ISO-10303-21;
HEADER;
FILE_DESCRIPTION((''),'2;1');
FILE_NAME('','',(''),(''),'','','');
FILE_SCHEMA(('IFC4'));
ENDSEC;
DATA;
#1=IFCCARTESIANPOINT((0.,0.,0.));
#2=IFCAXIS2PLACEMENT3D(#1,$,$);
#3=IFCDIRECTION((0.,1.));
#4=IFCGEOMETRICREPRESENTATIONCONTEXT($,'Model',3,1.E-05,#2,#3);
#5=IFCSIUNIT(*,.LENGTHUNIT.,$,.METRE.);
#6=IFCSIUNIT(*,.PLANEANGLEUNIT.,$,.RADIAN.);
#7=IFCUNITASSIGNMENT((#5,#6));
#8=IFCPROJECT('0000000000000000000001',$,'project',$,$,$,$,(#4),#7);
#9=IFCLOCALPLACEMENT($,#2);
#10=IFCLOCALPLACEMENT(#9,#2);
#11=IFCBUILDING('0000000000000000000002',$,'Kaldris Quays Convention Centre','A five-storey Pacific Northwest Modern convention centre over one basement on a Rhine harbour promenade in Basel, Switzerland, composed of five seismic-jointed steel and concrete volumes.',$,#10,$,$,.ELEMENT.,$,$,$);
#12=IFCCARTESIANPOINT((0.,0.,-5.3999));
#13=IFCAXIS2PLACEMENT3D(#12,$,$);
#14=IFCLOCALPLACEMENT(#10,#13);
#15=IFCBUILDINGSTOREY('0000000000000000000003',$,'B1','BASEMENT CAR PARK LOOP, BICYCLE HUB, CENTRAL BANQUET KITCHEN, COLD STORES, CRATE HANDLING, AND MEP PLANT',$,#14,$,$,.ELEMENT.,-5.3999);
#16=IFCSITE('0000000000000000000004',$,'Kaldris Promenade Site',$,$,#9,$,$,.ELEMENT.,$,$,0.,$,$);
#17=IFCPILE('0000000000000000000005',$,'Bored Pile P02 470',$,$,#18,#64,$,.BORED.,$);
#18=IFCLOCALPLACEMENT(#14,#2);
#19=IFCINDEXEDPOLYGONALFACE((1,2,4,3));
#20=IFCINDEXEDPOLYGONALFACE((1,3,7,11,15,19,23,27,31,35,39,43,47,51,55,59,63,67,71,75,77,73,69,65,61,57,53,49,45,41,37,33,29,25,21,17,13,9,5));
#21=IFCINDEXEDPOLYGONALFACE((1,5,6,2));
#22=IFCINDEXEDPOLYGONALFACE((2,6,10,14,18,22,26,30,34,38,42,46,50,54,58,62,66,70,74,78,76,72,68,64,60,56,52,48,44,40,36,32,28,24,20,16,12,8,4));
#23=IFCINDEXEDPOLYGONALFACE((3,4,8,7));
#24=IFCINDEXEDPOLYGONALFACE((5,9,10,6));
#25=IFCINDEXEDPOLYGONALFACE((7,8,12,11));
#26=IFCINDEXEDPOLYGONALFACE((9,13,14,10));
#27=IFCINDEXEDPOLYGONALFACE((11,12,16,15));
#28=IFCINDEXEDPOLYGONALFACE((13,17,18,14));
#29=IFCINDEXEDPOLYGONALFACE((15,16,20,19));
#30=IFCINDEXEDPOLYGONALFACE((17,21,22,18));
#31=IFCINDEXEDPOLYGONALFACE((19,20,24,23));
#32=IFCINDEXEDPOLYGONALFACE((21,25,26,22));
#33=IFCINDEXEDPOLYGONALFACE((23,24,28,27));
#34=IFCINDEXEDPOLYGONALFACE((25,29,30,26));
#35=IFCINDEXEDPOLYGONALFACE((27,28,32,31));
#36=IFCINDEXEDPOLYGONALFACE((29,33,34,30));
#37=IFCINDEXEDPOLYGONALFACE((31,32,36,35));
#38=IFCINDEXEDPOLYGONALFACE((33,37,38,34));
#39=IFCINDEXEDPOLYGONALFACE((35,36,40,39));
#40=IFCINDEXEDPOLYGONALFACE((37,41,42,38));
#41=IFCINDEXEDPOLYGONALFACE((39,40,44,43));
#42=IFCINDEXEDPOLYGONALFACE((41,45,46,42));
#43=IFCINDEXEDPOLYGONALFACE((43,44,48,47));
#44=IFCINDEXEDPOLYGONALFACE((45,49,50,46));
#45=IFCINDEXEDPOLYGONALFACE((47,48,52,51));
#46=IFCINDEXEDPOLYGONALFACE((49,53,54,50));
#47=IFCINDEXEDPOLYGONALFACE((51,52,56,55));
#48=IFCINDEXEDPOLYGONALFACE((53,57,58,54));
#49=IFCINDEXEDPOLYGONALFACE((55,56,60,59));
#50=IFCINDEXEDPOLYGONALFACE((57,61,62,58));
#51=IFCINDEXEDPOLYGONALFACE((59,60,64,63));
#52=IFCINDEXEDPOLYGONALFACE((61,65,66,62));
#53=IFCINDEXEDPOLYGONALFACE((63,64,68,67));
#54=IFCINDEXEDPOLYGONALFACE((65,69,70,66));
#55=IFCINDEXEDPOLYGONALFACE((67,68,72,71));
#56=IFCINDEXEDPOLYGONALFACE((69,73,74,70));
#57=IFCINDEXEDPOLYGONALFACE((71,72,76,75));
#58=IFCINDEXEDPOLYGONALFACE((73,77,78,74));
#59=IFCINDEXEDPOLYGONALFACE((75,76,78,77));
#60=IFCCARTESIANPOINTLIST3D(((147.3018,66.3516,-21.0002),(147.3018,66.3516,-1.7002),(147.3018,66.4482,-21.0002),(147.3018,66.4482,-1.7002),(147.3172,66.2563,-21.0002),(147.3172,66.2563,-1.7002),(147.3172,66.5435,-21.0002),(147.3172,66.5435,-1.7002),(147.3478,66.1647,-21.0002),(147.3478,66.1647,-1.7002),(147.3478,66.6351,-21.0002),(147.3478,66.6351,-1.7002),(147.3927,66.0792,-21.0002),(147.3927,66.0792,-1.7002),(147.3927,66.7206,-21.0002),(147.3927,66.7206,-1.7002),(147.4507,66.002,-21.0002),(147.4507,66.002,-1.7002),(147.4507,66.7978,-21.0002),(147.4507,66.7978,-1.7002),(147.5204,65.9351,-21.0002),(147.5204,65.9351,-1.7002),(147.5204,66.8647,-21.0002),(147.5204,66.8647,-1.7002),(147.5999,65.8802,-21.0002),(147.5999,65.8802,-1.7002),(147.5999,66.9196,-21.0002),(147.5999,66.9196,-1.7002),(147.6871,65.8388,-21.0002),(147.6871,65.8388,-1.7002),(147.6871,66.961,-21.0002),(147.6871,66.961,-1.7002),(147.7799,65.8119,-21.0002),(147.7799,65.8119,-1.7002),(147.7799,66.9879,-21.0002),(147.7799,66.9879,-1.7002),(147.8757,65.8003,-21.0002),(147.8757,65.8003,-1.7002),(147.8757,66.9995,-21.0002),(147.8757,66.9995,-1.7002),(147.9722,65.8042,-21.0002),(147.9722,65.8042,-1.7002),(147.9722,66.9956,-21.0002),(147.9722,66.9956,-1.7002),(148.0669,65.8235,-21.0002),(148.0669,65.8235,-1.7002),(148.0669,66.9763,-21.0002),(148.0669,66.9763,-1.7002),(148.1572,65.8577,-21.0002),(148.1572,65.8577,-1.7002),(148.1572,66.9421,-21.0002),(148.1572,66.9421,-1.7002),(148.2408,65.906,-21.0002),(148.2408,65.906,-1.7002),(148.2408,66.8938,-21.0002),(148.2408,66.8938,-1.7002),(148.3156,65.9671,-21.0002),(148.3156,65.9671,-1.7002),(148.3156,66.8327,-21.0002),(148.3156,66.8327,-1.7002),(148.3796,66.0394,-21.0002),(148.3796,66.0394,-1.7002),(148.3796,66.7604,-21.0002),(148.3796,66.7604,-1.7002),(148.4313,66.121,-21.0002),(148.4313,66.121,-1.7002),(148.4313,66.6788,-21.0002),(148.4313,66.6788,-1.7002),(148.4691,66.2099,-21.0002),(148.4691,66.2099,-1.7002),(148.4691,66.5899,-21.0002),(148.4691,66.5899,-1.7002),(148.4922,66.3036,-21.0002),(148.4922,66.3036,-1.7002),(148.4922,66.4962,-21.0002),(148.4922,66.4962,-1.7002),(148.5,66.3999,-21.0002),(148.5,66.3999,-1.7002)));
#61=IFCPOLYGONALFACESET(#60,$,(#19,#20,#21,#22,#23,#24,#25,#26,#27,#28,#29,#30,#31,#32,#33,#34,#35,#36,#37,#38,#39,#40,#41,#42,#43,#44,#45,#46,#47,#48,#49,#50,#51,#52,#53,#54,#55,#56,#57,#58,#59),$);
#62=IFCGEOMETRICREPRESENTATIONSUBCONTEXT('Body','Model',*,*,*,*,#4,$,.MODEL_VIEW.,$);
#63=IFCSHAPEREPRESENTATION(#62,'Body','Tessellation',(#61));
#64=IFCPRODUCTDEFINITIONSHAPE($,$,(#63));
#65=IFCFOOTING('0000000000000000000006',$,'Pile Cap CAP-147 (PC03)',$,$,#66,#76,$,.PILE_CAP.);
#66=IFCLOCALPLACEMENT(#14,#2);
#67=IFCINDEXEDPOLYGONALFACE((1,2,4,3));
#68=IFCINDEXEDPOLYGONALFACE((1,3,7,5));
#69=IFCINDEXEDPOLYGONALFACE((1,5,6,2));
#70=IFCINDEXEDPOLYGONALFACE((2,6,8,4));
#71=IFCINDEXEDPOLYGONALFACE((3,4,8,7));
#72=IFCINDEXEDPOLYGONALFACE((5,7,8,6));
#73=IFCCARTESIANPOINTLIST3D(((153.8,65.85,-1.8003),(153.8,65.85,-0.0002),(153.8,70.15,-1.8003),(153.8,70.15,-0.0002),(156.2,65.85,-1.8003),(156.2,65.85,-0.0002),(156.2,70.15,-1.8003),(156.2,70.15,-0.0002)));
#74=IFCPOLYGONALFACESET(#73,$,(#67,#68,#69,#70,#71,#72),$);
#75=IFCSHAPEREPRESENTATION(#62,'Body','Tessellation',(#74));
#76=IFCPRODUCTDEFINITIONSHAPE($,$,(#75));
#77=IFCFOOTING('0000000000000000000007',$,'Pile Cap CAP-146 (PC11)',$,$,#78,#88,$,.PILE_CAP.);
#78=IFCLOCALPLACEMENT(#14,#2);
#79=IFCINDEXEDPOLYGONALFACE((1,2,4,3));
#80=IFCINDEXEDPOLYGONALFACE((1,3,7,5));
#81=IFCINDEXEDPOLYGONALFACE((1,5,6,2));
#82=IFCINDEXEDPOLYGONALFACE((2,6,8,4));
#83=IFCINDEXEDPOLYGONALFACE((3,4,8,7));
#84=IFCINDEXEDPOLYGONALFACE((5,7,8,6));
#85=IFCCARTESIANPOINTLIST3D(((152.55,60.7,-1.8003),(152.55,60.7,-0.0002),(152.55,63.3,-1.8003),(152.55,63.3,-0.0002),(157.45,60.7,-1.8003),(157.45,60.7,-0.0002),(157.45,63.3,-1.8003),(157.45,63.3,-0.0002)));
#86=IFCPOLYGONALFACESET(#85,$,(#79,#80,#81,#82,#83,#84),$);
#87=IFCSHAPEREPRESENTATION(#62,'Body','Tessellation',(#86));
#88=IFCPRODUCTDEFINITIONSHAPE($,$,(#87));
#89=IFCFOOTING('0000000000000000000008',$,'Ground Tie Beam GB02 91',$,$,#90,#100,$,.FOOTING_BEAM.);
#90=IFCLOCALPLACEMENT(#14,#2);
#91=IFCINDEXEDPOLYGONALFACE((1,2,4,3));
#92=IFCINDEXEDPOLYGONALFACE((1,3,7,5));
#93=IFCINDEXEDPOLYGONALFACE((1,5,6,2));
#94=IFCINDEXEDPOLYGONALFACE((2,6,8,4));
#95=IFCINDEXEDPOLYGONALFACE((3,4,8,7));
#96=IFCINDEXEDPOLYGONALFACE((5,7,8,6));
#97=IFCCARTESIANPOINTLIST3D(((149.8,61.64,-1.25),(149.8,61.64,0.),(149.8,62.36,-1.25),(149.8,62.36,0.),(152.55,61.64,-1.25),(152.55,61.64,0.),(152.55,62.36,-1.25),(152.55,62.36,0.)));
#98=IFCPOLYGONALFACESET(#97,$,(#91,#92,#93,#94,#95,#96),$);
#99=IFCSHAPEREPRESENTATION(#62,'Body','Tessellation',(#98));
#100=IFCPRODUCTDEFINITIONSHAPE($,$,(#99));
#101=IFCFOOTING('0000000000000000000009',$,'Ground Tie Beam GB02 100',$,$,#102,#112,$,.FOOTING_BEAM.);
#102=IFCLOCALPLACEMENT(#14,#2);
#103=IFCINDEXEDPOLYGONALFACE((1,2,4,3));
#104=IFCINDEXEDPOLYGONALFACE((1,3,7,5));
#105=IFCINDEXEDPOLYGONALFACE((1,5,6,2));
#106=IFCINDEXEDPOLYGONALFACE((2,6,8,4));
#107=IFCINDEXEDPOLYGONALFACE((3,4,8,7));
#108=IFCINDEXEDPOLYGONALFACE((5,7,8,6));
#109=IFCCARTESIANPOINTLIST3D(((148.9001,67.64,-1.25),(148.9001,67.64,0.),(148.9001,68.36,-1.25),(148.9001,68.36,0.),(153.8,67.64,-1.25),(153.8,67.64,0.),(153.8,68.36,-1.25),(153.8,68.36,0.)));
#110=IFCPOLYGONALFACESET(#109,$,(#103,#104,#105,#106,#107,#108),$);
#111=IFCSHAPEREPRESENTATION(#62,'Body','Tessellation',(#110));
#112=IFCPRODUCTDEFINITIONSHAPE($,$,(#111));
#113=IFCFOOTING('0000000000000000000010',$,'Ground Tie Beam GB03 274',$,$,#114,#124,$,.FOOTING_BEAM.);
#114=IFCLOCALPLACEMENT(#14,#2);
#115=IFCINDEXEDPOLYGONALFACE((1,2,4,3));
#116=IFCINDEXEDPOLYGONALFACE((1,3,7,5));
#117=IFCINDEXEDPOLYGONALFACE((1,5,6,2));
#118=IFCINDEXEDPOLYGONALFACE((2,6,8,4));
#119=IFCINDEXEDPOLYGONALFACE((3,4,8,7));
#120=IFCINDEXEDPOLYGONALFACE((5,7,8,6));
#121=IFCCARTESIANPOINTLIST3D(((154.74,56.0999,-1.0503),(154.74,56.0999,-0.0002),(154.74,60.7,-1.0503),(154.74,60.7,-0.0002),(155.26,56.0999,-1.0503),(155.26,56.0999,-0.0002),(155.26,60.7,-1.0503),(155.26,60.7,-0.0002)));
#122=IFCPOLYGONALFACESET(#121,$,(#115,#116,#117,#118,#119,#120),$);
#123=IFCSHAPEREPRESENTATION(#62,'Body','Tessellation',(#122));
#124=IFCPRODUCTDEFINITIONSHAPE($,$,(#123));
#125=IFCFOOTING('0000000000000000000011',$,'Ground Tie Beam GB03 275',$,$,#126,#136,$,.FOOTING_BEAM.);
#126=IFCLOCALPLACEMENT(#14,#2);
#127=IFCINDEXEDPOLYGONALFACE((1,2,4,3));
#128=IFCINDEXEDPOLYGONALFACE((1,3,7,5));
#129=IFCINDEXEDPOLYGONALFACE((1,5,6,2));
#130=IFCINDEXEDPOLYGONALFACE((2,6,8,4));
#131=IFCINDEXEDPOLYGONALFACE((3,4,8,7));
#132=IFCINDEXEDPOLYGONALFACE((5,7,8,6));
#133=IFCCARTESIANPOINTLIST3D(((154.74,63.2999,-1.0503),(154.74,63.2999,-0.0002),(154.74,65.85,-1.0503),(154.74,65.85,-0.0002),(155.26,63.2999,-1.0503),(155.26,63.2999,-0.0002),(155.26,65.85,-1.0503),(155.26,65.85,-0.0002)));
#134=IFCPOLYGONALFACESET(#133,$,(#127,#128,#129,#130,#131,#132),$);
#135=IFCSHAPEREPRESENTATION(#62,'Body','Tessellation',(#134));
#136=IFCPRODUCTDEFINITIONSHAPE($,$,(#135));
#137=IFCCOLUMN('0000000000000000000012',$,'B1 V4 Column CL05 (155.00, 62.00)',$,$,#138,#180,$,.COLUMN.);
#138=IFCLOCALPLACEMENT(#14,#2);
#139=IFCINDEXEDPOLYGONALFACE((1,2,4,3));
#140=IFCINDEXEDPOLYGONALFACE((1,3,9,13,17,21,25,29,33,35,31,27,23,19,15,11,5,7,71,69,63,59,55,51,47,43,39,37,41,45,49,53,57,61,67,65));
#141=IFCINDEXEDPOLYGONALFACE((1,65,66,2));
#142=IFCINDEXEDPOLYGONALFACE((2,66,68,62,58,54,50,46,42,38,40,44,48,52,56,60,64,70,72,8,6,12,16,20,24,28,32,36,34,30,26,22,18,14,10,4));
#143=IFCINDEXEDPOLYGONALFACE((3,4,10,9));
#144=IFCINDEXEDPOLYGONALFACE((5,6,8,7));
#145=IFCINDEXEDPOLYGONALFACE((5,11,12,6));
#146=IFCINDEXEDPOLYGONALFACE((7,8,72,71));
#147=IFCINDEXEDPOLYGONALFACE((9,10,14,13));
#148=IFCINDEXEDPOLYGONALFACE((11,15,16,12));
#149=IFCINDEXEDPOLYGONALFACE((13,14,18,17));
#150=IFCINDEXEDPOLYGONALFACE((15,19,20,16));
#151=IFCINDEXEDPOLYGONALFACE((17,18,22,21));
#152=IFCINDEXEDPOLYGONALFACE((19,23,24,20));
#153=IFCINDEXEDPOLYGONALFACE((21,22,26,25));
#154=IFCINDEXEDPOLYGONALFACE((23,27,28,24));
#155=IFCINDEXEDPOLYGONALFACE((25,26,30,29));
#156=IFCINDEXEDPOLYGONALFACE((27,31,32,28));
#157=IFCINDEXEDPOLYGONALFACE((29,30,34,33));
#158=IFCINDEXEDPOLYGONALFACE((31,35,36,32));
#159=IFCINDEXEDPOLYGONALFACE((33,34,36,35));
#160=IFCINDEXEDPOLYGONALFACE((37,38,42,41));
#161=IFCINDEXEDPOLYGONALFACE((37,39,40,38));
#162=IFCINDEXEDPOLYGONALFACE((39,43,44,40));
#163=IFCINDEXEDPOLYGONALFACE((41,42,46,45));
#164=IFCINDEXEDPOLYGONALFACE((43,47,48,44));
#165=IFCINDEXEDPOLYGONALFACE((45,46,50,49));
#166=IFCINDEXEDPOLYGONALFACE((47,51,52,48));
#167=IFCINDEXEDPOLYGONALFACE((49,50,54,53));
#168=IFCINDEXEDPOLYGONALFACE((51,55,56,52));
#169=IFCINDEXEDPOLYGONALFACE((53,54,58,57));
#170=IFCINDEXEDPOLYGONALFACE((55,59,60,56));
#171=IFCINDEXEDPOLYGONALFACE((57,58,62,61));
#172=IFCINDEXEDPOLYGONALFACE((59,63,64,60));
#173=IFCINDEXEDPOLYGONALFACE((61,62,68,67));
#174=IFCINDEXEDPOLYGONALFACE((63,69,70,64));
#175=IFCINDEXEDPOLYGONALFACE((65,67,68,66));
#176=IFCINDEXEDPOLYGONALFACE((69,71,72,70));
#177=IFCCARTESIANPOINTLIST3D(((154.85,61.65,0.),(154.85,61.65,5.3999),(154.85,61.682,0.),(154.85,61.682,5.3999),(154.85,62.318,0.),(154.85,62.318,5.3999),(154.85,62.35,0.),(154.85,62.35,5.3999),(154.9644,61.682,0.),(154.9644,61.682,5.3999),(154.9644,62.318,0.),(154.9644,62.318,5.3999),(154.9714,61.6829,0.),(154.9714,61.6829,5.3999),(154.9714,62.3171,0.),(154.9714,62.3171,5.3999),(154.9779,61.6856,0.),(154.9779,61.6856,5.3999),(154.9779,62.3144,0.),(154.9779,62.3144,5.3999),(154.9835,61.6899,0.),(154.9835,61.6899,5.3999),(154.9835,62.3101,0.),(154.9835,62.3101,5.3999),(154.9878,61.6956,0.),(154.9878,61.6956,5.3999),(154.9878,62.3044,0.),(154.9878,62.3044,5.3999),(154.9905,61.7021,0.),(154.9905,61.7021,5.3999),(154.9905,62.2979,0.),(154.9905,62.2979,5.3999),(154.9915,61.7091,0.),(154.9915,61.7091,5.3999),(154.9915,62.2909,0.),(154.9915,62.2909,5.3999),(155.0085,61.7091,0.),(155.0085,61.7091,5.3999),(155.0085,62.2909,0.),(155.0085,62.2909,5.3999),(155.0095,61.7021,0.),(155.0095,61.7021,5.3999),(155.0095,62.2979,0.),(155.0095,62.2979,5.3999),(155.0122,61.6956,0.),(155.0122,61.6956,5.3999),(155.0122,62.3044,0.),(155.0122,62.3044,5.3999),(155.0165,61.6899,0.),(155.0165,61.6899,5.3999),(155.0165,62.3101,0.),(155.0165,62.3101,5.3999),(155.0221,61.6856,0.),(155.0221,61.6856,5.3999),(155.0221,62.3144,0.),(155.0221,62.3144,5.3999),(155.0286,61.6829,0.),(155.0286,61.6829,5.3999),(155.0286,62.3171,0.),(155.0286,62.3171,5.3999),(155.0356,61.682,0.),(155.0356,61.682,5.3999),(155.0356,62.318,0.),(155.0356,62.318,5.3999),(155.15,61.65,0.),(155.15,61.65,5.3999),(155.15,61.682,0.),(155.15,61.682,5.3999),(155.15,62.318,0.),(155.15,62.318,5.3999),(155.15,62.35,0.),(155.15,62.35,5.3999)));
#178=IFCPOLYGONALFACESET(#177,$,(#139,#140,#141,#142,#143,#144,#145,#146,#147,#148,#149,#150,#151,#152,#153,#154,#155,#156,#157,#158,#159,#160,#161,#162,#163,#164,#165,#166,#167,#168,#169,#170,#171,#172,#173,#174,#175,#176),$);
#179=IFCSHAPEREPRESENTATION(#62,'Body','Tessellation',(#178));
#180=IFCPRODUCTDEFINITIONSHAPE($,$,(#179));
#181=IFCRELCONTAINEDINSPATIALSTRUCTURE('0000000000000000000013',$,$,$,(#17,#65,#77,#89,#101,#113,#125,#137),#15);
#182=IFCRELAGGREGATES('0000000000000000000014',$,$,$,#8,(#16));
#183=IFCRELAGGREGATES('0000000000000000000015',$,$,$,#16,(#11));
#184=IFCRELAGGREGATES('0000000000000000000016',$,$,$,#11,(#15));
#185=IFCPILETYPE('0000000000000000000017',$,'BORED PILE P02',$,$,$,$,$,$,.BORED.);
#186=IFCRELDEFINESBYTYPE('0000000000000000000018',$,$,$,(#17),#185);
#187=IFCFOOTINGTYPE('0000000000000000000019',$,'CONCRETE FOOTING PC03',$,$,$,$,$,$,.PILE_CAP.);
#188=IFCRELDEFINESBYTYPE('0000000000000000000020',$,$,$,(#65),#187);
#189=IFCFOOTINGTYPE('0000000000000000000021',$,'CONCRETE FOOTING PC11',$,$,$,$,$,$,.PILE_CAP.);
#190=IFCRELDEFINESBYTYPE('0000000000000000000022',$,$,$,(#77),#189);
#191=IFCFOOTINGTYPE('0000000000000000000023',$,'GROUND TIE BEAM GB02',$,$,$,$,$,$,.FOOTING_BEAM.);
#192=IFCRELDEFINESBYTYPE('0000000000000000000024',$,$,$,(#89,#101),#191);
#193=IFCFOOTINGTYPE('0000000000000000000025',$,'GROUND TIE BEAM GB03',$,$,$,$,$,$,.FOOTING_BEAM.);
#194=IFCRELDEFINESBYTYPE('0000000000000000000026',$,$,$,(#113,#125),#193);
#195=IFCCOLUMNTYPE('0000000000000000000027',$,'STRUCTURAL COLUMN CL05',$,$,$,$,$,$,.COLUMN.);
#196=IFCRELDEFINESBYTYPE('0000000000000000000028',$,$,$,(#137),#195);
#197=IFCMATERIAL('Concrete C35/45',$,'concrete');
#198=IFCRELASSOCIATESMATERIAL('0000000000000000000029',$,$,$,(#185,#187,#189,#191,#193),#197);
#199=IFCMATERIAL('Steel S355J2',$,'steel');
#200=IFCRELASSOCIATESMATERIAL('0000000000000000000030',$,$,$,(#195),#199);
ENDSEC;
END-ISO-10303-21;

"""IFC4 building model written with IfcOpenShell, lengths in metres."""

from ifc_helpers import new_model, si_unit, direction, frame, origin, origin_2d, place, context, subcontext, project, spatial, rectangle, circle, i_section, extrude, material, material_profile, profile_set, type_object, element, save


model = new_model("IFC4")

# Units and contexts
model_context = context("Model", 3, precision=1e-05, world=origin(), true_north=direction((0.0, 1.0)))
body_context = subcontext(model_context, "Body", "Model", "MODEL_VIEW")
ifc_project = project(units=[si_unit("LENGTHUNIT", "METRE"), si_unit("PLANEANGLEUNIT", "RADIAN")], contexts=[model_context])

# Site, building, storey
site_placement = place(None, origin())
site = spatial("IfcSite", under=ifc_project, at=site_placement, Name="Kaldris Promenade Site", CompositionType="ELEMENT", RefElevation=0.0)
building_placement = place(site_placement, origin())
building = spatial("IfcBuilding", under=site, at=building_placement, Name="Kaldris Quays Convention Centre", Description="A five-storey Pacific Northwest Modern convention centre over one basement on a Rhine harbour promenade in Basel, Switzerland, composed of five seismic-jointed steel and concrete volumes.", CompositionType="ELEMENT")
storey_placement = place(building_placement, frame((0.0, 0.0, -5.3999)))
storey = spatial("IfcBuildingStorey", under=building, at=storey_placement, Name="B1", Description="BASEMENT CAR PARK LOOP, BICYCLE HUB, CENTRAL BANQUET KITCHEN, COLD STORES, CRATE HANDLING, AND MEP PLANT", CompositionType="ELEMENT", Elevation=-5.3999)

# Pile
ifc_material_1 = material(Name="Concrete C35/45", Category="concrete")
ifc_material_profile_1 = material_profile(ifc_material_1, circle(Radius=0.6001, at=origin_2d()), Name="BORED PILE D1200")
ifc_profile_set_1 = profile_set([ifc_material_profile_1], Name="Concrete C35/45")
pile_type_1 = type_object("IfcPileType", Name="BORED PILE P02", PredefinedType="BORED", material=ifc_profile_set_1)
pile_placement = place(storey_placement, frame((147.8999, 66.3999, -1.7002), z_axis=(0.0, 0.0, -1.0), x_axis=(1.0, 0.0, 0.0)))
element("IfcPile", 1, at=pile_placement, inside=storey, type_object=pile_type_1, Name="Bored Pile P02 470", PredefinedType="BORED", context=body_context, shape_type="SweptSolid", body=[
    extrude(circle(Radius=0.6001, at=origin_2d()), origin(), (0.0, 0.0, 1.0), 19.3),
])

# Footings
footing_type_1 = type_object("IfcFootingType", Name="CONCRETE FOOTING PC03", PredefinedType="PILE_CAP", material=ifc_material_1)
footing_1_placement = place(storey_placement, frame((155.0, 68.0, -1.8003), z_axis=(0.0, 0.0, 1.0), x_axis=(1.0, 0.0, 0.0)))
element("IfcFooting", 2, at=footing_1_placement, inside=storey, type_object=footing_type_1, Name="Pile Cap CAP-147 (PC03)", PredefinedType="PILE_CAP", context=body_context, shape_type="SweptSolid", body=[
    extrude(rectangle(XDim=2.3999, YDim=4.3, at=origin_2d()), origin(), (0.0, 0.0, 1.0), 1.8),
])
footing_type_2 = type_object("IfcFootingType", Name="CONCRETE FOOTING PC11", PredefinedType="PILE_CAP", material=ifc_material_1)
footing_2_placement = place(storey_placement, frame((155.0, 62.0, -1.8003), z_axis=(0.0, 0.0, 1.0), x_axis=(1.0, 0.0, 0.0)))
element("IfcFooting", 3, at=footing_2_placement, inside=storey, type_object=footing_type_2, Name="Pile Cap CAP-146 (PC11)", PredefinedType="PILE_CAP", context=body_context, shape_type="SweptSolid", body=[
    extrude(rectangle(XDim=4.8999, YDim=2.6001, at=origin_2d()), origin(), (0.0, 0.0, 1.0), 1.8),
])
footing_type_3 = type_object("IfcFootingType", Name="GROUND TIE BEAM GB02", PredefinedType="FOOTING_BEAM", material=ifc_material_1)
footing_3_placement = place(storey_placement, frame((151.175, 62.0, -1.25), z_axis=(0.0, 0.0, 1.0), x_axis=(1.0, 0.0, 0.0)))
element("IfcFooting", 4, at=footing_3_placement, inside=storey, type_object=footing_type_3, Name="Ground Tie Beam GB02 91", PredefinedType="FOOTING_BEAM", context=body_context, shape_type="SweptSolid", body=[
    extrude(rectangle(XDim=2.75, YDim=0.72, at=origin_2d()), origin(), (0.0, 0.0, 1.0), 1.25),
])
footing_4_placement = place(storey_placement, frame((151.3501, 68.0, -1.25), z_axis=(0.0, 0.0, 1.0), x_axis=(1.0, 0.0, 0.0)))
element("IfcFooting", 5, at=footing_4_placement, inside=storey, type_object=footing_type_3, Name="Ground Tie Beam GB02 100", PredefinedType="FOOTING_BEAM", context=body_context, shape_type="SweptSolid", body=[
    extrude(rectangle(XDim=4.8999, YDim=0.72, at=origin_2d()), origin(), (0.0, 0.0, 1.0), 1.25),
])
footing_type_4 = type_object("IfcFootingType", Name="GROUND TIE BEAM GB03", PredefinedType="FOOTING_BEAM", material=ifc_material_1)
footing_5_placement = place(storey_placement, frame((155.0, 58.3999, -1.0503), z_axis=(0.0, 0.0, 1.0), x_axis=(1.0, 0.0, 0.0)))
element("IfcFooting", 6, at=footing_5_placement, inside=storey, type_object=footing_type_4, Name="Ground Tie Beam GB03 274", PredefinedType="FOOTING_BEAM", context=body_context, shape_type="SweptSolid", body=[
    extrude(rectangle(XDim=0.52, YDim=4.6001, at=origin_2d()), origin(), (0.0, 0.0, 1.0), 1.05),
])
footing_6_placement = place(storey_placement, frame((155.0, 64.575, -1.0503), z_axis=(0.0, 0.0, 1.0), x_axis=(1.0, 0.0, 0.0)))
element("IfcFooting", 7, at=footing_6_placement, inside=storey, type_object=footing_type_4, Name="Ground Tie Beam GB03 275", PredefinedType="FOOTING_BEAM", context=body_context, shape_type="SweptSolid", body=[
    extrude(rectangle(XDim=0.52, YDim=2.55, at=origin_2d()), origin(), (0.0, 0.0, 1.0), 1.05),
])

# Column
ifc_material_2 = material(Name="Steel S355J2", Category="steel")
ifc_material_profile_2 = material_profile(ifc_material_2, i_section(OverallWidth=0.3, OverallDepth=0.7, WebThickness=0.0171, FlangeThickness=0.032, FilletRadius=0.0271, at=origin_2d()), Name="HEB 700")
ifc_profile_set_2 = profile_set([ifc_material_profile_2], Name="Steel S355J2")
column_type = type_object("IfcColumnType", Name="STRUCTURAL COLUMN CL05", PredefinedType="COLUMN", material=ifc_profile_set_2)
for number, where, z_axis, x_axis, name in (
    (8, (155.0, 62.0, 0.0), (0.0, 0.0, 1.0), (1.0, 0.0, 0.0), "B1 V4 Column CL05 (155.00, 62.00)"),
):
    element("IfcColumn", number, at=place(storey_placement, frame(where, z_axis=z_axis, x_axis=x_axis)), inside=storey, type_object=column_type, Name=name, PredefinedType="COLUMN", context=body_context, shape_type="SweptSolid", body=[
        extrude(i_section(OverallWidth=0.3, OverallDepth=0.7, WebThickness=0.0171, FlangeThickness=0.032, FilletRadius=0.0271, at=origin_2d()), origin(), (0.0, 0.0, 1.0), 5.3999),
    ])

save(model, "model.ifc")
